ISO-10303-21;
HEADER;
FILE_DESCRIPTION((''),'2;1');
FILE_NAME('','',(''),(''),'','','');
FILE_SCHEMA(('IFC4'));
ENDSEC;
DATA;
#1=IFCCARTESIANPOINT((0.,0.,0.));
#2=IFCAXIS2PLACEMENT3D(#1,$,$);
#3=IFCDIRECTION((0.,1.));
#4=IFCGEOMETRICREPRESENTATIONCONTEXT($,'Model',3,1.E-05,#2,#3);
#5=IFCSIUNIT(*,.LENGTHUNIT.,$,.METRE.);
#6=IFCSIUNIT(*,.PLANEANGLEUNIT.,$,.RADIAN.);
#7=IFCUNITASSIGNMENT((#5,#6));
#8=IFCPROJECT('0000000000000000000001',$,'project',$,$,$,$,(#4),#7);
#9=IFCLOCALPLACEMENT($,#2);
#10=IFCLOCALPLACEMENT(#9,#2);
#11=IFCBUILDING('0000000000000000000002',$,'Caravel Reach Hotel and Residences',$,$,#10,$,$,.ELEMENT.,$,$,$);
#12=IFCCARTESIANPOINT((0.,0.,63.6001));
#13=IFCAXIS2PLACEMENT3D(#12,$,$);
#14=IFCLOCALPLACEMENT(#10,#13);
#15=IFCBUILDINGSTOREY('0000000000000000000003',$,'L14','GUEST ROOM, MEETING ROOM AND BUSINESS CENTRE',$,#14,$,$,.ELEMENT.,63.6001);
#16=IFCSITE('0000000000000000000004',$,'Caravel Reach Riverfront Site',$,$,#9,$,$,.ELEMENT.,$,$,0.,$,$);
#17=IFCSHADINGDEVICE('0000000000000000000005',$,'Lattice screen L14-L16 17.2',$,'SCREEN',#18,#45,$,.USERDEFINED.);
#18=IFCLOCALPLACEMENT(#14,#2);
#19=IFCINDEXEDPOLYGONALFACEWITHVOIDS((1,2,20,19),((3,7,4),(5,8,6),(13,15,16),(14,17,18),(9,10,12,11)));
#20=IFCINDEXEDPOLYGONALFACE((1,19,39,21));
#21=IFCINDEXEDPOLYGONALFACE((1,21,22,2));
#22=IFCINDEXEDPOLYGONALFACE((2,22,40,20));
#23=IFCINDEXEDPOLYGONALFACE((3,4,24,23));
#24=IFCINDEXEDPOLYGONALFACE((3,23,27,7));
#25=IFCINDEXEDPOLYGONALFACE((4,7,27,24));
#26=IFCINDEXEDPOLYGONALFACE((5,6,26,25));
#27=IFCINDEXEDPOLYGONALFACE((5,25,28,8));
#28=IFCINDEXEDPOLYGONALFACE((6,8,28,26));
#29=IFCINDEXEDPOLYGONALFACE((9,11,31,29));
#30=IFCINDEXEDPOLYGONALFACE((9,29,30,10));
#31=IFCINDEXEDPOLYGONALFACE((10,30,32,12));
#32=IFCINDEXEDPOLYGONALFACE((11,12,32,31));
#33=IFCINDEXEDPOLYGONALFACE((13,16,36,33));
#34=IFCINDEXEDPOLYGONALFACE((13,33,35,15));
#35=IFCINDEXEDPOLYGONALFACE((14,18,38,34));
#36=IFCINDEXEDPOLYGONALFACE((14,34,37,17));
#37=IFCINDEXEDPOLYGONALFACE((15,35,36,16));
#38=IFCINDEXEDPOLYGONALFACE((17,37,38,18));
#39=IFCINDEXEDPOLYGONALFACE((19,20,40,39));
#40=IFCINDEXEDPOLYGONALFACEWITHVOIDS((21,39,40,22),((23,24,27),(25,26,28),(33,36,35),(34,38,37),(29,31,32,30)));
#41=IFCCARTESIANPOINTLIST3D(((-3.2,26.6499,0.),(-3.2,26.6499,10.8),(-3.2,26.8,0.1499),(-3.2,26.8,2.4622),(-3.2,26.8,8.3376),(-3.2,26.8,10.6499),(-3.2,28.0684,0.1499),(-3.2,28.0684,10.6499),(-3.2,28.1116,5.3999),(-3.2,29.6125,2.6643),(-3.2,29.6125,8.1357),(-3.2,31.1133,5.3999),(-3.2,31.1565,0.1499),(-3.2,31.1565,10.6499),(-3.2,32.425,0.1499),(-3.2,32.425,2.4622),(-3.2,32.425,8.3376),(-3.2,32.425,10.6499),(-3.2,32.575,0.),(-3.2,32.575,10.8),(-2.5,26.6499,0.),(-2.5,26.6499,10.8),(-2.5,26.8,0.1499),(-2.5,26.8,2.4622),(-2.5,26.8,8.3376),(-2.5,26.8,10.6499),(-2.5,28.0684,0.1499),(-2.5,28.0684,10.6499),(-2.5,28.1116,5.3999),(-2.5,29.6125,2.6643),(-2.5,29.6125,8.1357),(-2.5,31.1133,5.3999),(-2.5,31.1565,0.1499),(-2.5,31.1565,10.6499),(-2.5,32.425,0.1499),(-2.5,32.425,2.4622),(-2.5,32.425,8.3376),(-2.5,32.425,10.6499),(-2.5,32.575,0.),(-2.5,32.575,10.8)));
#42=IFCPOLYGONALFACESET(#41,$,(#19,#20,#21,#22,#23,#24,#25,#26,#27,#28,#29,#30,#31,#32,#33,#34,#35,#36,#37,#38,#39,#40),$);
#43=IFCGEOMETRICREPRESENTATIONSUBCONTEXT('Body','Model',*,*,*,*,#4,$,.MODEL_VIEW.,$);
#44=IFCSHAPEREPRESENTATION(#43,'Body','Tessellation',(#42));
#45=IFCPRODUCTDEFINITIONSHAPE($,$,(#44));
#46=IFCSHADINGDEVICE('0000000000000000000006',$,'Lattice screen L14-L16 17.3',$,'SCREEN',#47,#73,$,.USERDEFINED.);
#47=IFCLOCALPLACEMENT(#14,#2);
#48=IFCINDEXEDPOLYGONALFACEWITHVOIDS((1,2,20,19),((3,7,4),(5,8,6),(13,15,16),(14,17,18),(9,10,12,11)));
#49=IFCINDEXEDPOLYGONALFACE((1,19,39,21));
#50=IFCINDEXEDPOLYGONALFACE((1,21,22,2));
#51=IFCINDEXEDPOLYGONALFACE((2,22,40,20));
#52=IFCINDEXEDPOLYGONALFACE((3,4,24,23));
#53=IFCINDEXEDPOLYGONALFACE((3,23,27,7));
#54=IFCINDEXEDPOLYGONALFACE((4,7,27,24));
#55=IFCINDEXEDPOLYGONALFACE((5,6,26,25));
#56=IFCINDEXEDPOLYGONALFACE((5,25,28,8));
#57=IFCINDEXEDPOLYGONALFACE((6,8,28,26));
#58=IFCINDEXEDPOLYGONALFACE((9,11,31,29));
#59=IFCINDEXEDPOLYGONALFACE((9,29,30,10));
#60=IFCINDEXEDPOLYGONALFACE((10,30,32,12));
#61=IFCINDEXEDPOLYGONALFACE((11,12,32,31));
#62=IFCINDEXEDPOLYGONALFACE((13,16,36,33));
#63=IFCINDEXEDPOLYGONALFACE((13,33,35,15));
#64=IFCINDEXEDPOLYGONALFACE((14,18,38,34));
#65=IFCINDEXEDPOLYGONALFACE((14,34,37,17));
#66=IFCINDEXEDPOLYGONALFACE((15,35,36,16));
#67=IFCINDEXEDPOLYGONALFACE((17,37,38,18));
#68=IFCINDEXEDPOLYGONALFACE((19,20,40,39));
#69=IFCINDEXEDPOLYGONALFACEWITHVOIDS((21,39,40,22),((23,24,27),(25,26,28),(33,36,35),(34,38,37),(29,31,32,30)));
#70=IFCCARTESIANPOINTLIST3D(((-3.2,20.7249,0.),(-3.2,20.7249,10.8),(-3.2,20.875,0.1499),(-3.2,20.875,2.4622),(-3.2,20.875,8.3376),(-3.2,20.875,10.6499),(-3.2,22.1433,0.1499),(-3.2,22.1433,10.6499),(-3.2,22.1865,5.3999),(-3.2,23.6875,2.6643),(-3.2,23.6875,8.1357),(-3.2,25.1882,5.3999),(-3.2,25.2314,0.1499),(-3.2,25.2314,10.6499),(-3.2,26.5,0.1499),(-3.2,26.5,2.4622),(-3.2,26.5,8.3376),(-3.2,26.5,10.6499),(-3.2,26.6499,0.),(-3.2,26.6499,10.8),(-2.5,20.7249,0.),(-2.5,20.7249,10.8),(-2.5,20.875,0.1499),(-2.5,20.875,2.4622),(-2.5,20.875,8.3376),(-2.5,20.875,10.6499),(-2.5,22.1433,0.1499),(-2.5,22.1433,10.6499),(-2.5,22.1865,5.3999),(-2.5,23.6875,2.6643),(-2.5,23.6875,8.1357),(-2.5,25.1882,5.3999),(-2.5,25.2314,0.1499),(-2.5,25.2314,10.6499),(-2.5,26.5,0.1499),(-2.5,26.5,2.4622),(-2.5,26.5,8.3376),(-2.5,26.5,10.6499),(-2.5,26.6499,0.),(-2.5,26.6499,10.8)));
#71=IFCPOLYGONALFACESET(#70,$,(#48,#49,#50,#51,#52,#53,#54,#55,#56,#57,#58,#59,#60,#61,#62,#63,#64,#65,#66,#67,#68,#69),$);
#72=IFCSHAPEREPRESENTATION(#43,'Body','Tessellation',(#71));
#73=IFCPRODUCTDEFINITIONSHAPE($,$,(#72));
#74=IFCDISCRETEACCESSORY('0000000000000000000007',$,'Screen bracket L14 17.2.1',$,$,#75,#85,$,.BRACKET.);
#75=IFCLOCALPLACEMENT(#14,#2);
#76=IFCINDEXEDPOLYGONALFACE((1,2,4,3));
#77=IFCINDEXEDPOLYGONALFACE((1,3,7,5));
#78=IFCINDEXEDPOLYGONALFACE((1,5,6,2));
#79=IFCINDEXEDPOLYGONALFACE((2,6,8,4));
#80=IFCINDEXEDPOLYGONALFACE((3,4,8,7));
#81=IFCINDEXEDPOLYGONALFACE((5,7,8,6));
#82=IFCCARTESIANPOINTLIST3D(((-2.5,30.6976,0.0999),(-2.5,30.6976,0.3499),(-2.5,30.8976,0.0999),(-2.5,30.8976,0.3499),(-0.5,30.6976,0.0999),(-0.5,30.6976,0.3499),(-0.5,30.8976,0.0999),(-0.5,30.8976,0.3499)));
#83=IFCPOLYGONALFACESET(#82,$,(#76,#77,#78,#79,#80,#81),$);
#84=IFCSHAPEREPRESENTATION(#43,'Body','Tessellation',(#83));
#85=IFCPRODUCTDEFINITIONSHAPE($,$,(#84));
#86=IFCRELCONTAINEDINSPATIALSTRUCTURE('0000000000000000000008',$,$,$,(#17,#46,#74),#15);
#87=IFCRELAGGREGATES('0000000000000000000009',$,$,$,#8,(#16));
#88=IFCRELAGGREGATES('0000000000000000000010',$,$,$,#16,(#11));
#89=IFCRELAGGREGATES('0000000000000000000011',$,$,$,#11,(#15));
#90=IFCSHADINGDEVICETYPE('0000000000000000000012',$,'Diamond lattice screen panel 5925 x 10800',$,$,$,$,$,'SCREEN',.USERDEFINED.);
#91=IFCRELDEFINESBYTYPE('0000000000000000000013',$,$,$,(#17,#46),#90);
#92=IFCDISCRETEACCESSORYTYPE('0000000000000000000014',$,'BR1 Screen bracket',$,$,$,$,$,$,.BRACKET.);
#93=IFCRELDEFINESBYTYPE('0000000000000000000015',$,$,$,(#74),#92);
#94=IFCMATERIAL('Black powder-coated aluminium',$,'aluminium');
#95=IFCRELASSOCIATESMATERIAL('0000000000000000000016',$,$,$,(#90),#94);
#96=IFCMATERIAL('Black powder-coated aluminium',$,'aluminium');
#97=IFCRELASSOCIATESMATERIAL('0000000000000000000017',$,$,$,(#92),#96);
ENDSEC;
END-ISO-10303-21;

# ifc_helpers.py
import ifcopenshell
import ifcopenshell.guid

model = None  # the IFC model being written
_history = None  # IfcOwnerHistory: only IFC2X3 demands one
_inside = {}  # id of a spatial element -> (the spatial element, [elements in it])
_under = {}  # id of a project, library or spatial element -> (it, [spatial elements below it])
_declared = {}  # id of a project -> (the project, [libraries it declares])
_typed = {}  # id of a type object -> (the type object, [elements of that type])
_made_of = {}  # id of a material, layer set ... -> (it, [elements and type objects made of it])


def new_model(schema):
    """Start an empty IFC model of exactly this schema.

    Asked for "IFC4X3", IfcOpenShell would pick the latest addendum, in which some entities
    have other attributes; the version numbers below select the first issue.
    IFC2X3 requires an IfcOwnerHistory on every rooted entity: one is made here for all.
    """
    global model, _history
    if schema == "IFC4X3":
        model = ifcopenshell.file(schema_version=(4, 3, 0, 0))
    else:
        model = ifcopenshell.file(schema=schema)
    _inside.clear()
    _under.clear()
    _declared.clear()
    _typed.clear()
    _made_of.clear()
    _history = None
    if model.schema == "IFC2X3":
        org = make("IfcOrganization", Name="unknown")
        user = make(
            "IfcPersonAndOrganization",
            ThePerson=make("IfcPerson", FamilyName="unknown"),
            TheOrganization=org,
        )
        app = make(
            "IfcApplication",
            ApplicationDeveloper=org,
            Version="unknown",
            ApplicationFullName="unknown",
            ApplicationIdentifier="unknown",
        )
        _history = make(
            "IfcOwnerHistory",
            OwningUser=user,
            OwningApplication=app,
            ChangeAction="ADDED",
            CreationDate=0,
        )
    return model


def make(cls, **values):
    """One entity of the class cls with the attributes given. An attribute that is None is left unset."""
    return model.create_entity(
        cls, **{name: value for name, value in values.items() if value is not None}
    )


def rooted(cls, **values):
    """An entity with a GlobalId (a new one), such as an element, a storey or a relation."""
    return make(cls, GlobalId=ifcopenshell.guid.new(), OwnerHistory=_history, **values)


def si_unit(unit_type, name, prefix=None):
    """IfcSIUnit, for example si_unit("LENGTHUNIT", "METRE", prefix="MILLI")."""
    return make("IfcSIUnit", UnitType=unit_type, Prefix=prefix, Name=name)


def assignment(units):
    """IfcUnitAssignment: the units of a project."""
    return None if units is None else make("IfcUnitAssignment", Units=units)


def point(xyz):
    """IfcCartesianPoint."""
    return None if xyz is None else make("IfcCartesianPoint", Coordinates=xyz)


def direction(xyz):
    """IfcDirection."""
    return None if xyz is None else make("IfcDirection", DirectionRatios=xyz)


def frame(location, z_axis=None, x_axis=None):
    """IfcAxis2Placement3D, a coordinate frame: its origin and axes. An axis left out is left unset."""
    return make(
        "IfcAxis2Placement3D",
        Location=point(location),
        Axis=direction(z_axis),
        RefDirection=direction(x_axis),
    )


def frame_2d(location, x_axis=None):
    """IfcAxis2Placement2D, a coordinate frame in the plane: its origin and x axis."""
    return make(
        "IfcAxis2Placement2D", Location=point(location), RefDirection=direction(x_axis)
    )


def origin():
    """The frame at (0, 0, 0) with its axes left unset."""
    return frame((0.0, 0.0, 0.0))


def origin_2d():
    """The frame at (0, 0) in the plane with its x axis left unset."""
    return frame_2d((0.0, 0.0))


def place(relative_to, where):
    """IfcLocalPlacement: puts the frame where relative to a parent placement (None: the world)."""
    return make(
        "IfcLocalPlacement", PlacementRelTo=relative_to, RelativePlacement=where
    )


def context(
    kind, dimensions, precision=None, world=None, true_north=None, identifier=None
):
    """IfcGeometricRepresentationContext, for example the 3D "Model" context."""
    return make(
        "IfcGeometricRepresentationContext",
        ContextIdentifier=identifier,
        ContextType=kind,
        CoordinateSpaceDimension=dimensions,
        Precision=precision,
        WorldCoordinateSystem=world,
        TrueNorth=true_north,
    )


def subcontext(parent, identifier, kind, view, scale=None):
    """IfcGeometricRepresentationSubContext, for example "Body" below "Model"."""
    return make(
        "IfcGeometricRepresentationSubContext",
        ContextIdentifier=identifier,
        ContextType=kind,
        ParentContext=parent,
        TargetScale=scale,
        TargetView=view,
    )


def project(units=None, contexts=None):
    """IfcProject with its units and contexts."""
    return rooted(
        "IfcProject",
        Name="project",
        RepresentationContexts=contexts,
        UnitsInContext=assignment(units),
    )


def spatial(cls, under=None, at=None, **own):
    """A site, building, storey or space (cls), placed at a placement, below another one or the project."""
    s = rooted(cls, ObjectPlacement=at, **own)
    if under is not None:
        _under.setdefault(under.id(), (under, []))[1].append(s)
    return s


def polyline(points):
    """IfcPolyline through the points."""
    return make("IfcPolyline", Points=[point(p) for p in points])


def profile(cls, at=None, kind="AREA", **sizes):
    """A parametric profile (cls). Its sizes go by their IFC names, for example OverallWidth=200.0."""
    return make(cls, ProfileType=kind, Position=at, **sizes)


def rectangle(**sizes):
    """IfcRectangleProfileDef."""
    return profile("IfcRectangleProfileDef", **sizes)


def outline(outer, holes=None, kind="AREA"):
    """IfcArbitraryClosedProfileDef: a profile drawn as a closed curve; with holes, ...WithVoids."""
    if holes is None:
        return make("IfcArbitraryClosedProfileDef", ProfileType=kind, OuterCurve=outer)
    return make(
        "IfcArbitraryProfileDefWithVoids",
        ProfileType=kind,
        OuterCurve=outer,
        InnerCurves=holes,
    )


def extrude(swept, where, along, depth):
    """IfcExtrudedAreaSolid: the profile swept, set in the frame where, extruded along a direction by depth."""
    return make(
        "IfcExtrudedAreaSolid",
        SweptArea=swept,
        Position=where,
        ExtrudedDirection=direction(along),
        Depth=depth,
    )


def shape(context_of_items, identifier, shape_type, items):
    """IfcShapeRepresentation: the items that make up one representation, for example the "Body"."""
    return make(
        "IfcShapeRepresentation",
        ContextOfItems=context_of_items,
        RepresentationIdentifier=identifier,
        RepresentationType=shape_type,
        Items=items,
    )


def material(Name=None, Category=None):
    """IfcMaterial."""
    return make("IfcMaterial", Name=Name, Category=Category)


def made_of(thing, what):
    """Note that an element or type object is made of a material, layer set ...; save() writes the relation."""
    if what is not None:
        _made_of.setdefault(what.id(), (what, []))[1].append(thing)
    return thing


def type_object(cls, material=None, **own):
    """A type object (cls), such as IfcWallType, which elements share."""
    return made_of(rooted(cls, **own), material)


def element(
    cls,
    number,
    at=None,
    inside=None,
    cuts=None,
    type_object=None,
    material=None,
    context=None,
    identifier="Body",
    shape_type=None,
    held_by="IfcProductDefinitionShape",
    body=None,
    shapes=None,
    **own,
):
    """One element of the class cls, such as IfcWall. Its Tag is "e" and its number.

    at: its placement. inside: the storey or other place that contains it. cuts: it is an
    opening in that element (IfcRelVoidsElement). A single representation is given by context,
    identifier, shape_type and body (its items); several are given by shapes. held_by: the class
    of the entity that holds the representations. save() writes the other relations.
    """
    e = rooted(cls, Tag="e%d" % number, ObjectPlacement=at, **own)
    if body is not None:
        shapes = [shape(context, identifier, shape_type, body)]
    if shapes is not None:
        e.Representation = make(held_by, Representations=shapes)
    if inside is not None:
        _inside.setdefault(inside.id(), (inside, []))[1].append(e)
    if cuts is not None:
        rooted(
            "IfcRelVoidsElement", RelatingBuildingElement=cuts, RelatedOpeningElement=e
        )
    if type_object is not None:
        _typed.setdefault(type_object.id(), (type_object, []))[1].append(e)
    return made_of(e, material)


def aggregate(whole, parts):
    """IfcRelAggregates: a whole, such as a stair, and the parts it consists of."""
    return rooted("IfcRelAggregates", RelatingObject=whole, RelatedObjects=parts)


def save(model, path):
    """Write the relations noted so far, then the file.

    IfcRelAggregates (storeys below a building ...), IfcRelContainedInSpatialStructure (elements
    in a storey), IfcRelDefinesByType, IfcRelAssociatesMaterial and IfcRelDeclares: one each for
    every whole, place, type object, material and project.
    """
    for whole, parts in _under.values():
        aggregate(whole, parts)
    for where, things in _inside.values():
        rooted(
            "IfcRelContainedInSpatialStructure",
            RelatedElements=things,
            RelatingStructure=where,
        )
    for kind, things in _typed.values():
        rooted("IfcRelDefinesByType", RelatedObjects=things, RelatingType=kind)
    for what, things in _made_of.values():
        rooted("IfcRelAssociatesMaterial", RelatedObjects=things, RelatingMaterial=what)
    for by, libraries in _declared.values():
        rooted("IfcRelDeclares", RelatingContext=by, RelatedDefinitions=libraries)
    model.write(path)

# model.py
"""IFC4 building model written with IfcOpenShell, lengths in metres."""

from ifc_helpers import new_model, si_unit, direction, frame, origin, origin_2d, place, context, subcontext, project, spatial, polyline, rectangle, outline, extrude, material, type_object, element, save


model = new_model("IFC4")

# Units and contexts
model_context = context("Model", 3, precision=1e-05, world=origin(), true_north=direction((0.0, 1.0)))
body_context = subcontext(model_context, "Body", "Model", "MODEL_VIEW")
ifc_project = project(units=[si_unit("LENGTHUNIT", "METRE"), si_unit("PLANEANGLEUNIT", "RADIAN")], contexts=[model_context])

# Site, building, storey
site_placement = place(None, origin())
site = spatial("IfcSite", under=ifc_project, at=site_placement, Name="Caravel Reach Riverfront Site", CompositionType="ELEMENT", RefElevation=0.0)
building_placement = place(site_placement, origin())
building = spatial("IfcBuilding", under=site, at=building_placement, Name="Caravel Reach Hotel and Residences", CompositionType="ELEMENT")
storey_placement = place(building_placement, frame((0.0, 0.0, 63.6001)))
storey = spatial("IfcBuildingStorey", under=building, at=storey_placement, Name="L14", Description="GUEST ROOM, MEETING ROOM AND BUSINESS CENTRE", CompositionType="ELEMENT", Elevation=63.6001)

# Shading devices
ifc_material_1 = material(Name="Black powder-coated aluminium", Category="aluminium")
shading_device_type = type_object("IfcShadingDeviceType", Name="Diamond lattice screen panel 5925 x 10800", ElementType="SCREEN", PredefinedType="USERDEFINED", material=ifc_material_1)
for number, where, z_axis, x_axis, name in (
    (1, (-2.5, 32.575, 0.0), (-1.0, 0.0, 0.0), (0.0, -1.0, 0.0), "Lattice screen L14-L16 17.2"),
    (2, (-2.5, 26.6499, 0.0), (-1.0, 0.0, 0.0), (0.0, -1.0, 0.0), "Lattice screen L14-L16 17.3"),
):
    element("IfcShadingDevice", number, at=place(storey_placement, frame(where, z_axis=z_axis, x_axis=x_axis)), inside=storey, type_object=shading_device_type, Name=name, ObjectType="SCREEN", PredefinedType="USERDEFINED", context=body_context, shape_type="SweptSolid", body=[
        extrude(outline(polyline([(0.0, 0.0), (5.925, 0.0), (5.925, 10.8), (0.0, 10.8), (0.0, 0.0)]), holes=[polyline([(1.4185, 0.1499), (0.1499, 2.4622), (0.1499, 0.1499), (1.4185, 0.1499)]), polyline([(0.1499, 8.3376), (1.4185, 10.6499), (0.1499, 10.6499), (0.1499, 8.3376)]), polyline([(2.9624, 8.1357), (1.4617, 5.3999), (2.9624, 2.6643), (4.4634, 5.3999), (2.9624, 8.1357)]), polyline([(5.7749, 2.4622), (4.5066, 0.1499), (5.7749, 0.1499), (5.7749, 2.4622)]), polyline([(4.5066, 10.6499), (5.7749, 8.3376), (5.7749, 10.6499), (4.5066, 10.6499)])]), origin(), (0.0, 0.0, 1.0), 0.7),
    ])

# Discrete accessory
ifc_material_2 = material(Name="Black powder-coated aluminium", Category="aluminium")
discrete_accessory_type = type_object("IfcDiscreteAccessoryType", Name="BR1 Screen bracket", PredefinedType="BRACKET", material=ifc_material_2)
discrete_accessory_placement = place(storey_placement, frame((-1.5, 30.7976, 0.0999), z_axis=(0.0, 0.0, 1.0), x_axis=(-1.0, 0.0, 0.0)))
element("IfcDiscreteAccessory", 3, at=discrete_accessory_placement, inside=storey, type_object=discrete_accessory_type, Name="Screen bracket L14 17.2.1", PredefinedType="BRACKET", context=body_context, shape_type="SweptSolid", body=[
    extrude(rectangle(XDim=2.0, YDim=0.2, at=origin_2d()), origin(), (0.0, 0.0, 1.0), 0.25),
])

save(model, "model.ifc")
